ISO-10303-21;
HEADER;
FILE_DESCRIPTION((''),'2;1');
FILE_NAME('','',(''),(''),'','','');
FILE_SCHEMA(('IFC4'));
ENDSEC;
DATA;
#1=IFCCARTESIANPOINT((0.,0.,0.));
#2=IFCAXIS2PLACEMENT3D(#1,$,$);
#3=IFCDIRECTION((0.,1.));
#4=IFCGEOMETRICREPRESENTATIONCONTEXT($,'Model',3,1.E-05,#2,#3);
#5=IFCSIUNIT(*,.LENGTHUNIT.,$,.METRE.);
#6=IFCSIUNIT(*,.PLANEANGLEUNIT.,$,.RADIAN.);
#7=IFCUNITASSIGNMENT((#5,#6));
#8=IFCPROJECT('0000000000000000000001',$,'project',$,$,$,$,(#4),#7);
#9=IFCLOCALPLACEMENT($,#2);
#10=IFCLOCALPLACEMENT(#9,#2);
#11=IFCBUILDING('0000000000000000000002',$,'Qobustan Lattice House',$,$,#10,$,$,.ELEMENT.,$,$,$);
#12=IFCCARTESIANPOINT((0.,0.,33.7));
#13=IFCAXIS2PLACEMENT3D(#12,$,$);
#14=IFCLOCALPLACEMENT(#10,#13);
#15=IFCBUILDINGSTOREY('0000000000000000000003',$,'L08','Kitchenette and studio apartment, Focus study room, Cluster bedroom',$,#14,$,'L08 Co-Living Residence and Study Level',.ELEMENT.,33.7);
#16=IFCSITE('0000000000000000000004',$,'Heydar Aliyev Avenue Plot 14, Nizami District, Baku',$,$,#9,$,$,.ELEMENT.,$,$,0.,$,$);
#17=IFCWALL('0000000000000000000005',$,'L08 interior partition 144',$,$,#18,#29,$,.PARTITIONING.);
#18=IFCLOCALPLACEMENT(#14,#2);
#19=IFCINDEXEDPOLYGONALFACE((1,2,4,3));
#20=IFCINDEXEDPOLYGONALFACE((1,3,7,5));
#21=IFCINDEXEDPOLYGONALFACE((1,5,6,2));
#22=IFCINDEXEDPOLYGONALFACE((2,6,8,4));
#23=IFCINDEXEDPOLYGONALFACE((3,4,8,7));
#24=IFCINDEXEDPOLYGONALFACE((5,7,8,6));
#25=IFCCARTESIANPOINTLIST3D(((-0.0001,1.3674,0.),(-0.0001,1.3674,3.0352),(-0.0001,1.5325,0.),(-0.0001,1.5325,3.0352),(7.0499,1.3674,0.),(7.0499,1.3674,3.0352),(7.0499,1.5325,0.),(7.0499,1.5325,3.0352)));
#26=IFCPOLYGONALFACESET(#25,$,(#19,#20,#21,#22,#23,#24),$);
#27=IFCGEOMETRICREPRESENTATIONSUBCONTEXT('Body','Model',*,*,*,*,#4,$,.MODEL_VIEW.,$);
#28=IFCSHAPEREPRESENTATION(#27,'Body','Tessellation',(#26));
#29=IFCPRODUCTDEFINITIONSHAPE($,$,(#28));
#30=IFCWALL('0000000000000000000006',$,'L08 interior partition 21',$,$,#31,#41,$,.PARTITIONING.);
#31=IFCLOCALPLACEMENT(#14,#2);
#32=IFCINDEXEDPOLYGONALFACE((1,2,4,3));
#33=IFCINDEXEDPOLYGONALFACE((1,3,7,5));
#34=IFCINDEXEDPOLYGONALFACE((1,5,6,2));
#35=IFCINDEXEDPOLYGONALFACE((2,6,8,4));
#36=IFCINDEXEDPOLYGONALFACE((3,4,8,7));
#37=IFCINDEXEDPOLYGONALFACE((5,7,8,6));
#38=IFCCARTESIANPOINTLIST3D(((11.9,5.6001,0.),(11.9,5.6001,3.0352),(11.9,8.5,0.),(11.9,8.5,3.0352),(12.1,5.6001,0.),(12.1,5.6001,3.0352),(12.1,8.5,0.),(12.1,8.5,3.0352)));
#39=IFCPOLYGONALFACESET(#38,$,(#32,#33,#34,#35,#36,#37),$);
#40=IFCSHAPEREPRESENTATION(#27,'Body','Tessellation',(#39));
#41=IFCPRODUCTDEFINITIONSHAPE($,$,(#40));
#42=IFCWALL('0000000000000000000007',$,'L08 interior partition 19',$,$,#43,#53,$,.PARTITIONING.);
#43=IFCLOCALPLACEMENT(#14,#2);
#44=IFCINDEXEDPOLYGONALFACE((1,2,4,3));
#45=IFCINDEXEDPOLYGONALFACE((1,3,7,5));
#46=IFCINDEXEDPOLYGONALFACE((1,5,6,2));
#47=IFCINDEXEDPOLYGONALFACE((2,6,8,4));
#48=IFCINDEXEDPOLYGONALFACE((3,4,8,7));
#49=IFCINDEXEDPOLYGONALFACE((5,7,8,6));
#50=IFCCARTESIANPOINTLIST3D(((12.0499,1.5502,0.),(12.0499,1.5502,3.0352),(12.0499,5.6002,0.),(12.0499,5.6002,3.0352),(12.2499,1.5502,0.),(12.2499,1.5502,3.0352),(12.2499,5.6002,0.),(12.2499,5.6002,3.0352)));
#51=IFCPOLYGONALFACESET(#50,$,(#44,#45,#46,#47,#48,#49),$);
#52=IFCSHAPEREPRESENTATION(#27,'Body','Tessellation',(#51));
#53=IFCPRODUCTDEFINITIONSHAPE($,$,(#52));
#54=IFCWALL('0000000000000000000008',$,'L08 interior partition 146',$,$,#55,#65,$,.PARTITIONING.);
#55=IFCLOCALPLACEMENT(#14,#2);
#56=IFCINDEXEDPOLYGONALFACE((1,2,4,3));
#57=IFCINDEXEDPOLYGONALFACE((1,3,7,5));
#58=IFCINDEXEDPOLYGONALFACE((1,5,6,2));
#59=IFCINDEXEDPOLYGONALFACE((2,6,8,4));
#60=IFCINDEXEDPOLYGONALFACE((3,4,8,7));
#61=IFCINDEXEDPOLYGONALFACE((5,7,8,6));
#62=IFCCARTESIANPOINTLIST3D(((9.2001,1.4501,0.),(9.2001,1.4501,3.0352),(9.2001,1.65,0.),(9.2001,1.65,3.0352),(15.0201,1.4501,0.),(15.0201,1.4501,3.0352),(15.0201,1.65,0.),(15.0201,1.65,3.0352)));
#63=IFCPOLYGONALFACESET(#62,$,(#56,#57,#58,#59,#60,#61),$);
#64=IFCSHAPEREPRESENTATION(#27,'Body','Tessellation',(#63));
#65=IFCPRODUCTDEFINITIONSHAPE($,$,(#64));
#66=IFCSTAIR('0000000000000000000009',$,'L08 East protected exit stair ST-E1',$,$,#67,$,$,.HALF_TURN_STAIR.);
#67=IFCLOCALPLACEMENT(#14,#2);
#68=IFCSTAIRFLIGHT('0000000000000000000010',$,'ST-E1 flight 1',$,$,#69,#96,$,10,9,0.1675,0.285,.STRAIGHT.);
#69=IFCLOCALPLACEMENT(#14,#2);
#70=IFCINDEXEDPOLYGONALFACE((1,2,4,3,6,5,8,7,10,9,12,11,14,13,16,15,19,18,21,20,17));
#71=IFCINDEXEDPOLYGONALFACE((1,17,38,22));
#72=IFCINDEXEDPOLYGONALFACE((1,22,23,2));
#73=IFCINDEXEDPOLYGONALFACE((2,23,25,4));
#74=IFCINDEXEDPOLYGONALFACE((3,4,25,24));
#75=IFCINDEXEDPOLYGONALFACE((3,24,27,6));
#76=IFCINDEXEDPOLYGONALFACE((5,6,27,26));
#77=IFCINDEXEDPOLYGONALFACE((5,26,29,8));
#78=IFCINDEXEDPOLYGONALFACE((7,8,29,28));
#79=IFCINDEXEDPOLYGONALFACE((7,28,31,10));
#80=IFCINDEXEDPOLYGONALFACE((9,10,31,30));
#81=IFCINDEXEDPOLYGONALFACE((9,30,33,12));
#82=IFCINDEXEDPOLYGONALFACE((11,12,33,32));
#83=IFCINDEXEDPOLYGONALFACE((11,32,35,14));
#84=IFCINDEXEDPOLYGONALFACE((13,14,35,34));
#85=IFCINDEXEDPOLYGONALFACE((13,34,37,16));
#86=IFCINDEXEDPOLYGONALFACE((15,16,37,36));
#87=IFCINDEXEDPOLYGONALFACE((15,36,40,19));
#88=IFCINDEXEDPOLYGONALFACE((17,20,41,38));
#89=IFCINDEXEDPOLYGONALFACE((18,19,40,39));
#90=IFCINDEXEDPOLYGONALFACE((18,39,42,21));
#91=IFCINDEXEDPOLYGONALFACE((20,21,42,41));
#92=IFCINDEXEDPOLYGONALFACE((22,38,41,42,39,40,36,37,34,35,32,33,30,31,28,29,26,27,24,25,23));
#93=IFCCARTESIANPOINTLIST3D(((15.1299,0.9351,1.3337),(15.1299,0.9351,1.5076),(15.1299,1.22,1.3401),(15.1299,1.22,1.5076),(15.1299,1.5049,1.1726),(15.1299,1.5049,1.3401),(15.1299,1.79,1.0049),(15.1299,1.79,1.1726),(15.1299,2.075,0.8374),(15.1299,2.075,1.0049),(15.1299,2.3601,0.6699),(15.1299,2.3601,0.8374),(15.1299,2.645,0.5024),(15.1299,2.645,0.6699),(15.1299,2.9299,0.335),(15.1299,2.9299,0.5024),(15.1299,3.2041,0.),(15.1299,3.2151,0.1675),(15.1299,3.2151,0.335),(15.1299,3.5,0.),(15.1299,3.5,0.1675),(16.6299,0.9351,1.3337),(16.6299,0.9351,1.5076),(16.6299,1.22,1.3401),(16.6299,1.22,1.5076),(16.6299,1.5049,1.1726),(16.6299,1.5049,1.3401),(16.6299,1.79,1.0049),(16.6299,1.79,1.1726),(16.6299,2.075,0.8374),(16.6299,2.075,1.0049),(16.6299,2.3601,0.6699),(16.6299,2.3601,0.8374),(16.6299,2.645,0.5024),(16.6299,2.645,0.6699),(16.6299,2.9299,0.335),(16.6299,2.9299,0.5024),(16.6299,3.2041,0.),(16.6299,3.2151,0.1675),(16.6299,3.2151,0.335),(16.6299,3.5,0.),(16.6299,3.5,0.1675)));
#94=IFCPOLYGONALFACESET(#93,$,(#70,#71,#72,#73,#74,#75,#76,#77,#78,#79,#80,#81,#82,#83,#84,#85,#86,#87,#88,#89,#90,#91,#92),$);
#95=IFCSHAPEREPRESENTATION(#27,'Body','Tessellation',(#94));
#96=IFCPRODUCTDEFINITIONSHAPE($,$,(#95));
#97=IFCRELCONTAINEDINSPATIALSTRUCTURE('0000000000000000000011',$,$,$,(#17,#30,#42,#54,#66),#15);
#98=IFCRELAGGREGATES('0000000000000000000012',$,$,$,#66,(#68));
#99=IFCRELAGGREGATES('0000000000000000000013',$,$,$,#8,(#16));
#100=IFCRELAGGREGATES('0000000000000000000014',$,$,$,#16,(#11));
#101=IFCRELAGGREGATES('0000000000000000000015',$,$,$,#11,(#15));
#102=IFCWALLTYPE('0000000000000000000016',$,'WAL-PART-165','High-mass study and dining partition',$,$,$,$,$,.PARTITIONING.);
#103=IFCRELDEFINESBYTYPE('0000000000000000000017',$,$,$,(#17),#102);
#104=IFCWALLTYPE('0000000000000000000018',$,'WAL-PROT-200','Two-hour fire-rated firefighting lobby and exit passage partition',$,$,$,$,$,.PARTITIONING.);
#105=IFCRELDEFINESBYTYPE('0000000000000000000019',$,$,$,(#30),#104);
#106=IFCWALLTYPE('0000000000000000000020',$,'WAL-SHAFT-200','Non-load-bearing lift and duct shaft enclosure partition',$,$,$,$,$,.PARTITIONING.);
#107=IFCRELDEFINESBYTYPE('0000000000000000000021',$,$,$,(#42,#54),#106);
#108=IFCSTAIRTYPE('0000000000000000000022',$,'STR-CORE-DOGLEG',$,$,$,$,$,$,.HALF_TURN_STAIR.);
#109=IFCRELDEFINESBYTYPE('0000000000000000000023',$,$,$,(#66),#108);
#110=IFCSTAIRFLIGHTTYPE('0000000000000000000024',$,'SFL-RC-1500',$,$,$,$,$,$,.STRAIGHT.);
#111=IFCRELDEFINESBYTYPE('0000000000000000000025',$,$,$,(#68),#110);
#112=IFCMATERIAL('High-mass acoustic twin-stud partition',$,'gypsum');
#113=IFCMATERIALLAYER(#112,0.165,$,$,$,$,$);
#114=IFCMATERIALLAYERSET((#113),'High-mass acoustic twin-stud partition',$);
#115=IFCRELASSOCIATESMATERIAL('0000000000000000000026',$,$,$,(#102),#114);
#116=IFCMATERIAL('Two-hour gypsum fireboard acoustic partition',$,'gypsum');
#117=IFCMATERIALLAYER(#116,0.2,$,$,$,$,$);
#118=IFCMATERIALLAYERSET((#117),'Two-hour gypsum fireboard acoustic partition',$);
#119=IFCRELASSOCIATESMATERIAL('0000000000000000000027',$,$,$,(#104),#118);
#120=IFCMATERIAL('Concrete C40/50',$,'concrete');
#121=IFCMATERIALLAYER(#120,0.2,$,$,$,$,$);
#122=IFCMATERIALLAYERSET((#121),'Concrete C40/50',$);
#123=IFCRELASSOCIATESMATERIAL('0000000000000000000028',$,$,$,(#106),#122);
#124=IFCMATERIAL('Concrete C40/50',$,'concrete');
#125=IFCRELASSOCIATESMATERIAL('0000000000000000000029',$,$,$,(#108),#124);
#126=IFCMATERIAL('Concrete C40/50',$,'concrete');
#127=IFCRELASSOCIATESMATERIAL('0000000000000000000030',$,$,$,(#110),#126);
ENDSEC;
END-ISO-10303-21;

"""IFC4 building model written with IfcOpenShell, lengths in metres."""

from ifc_helpers import new_model, si_unit, direction, frame, frame_2d, origin, place, context, subcontext, project, spatial, polyline, rectangle, outline, extrude, material, layer, layer_set, type_object, element, aggregate, save


model = new_model("IFC4")

# Units and contexts
model_context = context("Model", 3, precision=1e-05, world=origin(), true_north=direction((0.0, 1.0)))
body_context = subcontext(model_context, "Body", "Model", "MODEL_VIEW")
ifc_project = project(units=[si_unit("LENGTHUNIT", "METRE"), si_unit("PLANEANGLEUNIT", "RADIAN")], contexts=[model_context])

# Site, building, storey
site_placement = place(None, origin())
site = spatial("IfcSite", under=ifc_project, at=site_placement, Name="Heydar Aliyev Avenue Plot 14, Nizami District, Baku", CompositionType="ELEMENT", RefElevation=0.0)
building_placement = place(site_placement, origin())
building = spatial("IfcBuilding", under=site, at=building_placement, Name="Qobustan Lattice House", CompositionType="ELEMENT")
storey_placement = place(building_placement, frame((0.0, 0.0, 33.7)))
storey = spatial("IfcBuildingStorey", under=building, at=storey_placement, Name="L08", Description="Kitchenette and studio apartment, Focus study room, Cluster bedroom", LongName="L08 Co-Living Residence and Study Level", CompositionType="ELEMENT", Elevation=33.7)

# Shared definitions
ifc_material_1 = material(Name="High-mass acoustic twin-stud partition", Category="gypsum")
ifc_layer_1 = layer(ifc_material_1, 0.165)
ifc_layer_set_1 = layer_set([ifc_layer_1], Name="High-mass acoustic twin-stud partition")
wall_type_1 = type_object("IfcWallType", Name="WAL-PART-165", Description="High-mass study and dining partition", PredefinedType="PARTITIONING", material=ifc_layer_set_1)

# Walls
for number, where, z_axis, x_axis, name in (
    (1, (0.0, 1.45, 0.0), (0.0, 0.0, 1.0), (1.0, 0.0, 0.0), "L08 interior partition 144"),
):
    element("IfcWall", number, at=place(storey_placement, frame(where, z_axis=z_axis, x_axis=x_axis)), inside=storey, type_object=wall_type_1, Name=name, PredefinedType="PARTITIONING", context=body_context, shape_type="SweptSolid", body=[
        extrude(rectangle(XDim=7.05, YDim=0.165, at=frame_2d((3.5249, 0.0))), origin(), (0.0, 0.0, 1.0), 3.0352),
    ])
ifc_material_2 = material(Name="Two-hour gypsum fireboard acoustic partition", Category="gypsum")
ifc_layer_2 = layer(ifc_material_2, 0.2)
ifc_layer_set_2 = layer_set([ifc_layer_2], Name="Two-hour gypsum fireboard acoustic partition")
wall_type_2 = type_object("IfcWallType", Name="WAL-PROT-200", Description="Two-hour fire-rated firefighting lobby and exit passage partition", PredefinedType="PARTITIONING", material=ifc_layer_set_2)
wall_1_placement = place(storey_placement, frame((12.0, 8.5, 0.0), z_axis=(0.0, 0.0, 1.0), x_axis=(0.0, -1.0, 0.0)))
element("IfcWall", 2, at=wall_1_placement, inside=storey, type_object=wall_type_2, Name="L08 interior partition 21", PredefinedType="PARTITIONING", context=body_context, shape_type="SweptSolid", body=[
    extrude(rectangle(XDim=2.8999, YDim=0.2, at=frame_2d((1.45, 0.0))), origin(), (0.0, 0.0, 1.0), 3.0352),
])
ifc_material_3 = material(Name="Concrete C40/50", Category="concrete")
ifc_layer_3 = layer(ifc_material_3, 0.2)
ifc_layer_set_3 = layer_set([ifc_layer_3], Name="Concrete C40/50")
wall_type_3 = type_object("IfcWallType", Name="WAL-SHAFT-200", Description="Non-load-bearing lift and duct shaft enclosure partition", PredefinedType="PARTITIONING", material=ifc_layer_set_3)
wall_2_placement = place(storey_placement, frame((12.1499, 5.6001, 0.0), z_axis=(0.0, 0.0, 1.0), x_axis=(0.0, -1.0, 0.0)))
element("IfcWall", 3, at=wall_2_placement, inside=storey, type_object=wall_type_3, Name="L08 interior partition 19", PredefinedType="PARTITIONING", context=body_context, shape_type="SweptSolid", body=[
    extrude(rectangle(XDim=4.05, YDim=0.2, at=frame_2d((2.0249, 0.0))), origin(), (0.0, 0.0, 1.0), 3.0352),
])
wall_3_placement = place(storey_placement, frame((9.2, 1.55, 0.0), z_axis=(0.0, 0.0, 1.0), x_axis=(1.0, 0.0, 0.0)))
element("IfcWall", 4, at=wall_3_placement, inside=storey, type_object=wall_type_3, Name="L08 interior partition 146", PredefinedType="PARTITIONING", context=body_context, shape_type="SweptSolid", body=[
    extrude(rectangle(XDim=5.8201, YDim=0.2, at=frame_2d((2.9102, 0.0))), origin(), (0.0, 0.0, 1.0), 3.0352),
])

# Stair, stair flight
ifc_material_4 = material(Name="Concrete C40/50", Category="concrete")
stair_type = type_object("IfcStairType", Name="STR-CORE-DOGLEG", PredefinedType="HALF_TURN_STAIR", material=ifc_material_4)
stair_placement = place(storey_placement, origin())
stair = element("IfcStair", 5, at=stair_placement, inside=storey, type_object=stair_type, Name="L08 East protected exit stair ST-E1", PredefinedType="HALF_TURN_STAIR")
ifc_material_5 = material(Name="Concrete C40/50", Category="concrete")
stair_flight_type = type_object("IfcStairFlightType", Name="SFL-RC-1500", PredefinedType="STRAIGHT", material=ifc_material_5)
stair_flight_placement = place(storey_placement, frame((15.8799, 3.5, 0.0), z_axis=(0.0, 0.0, 1.0), x_axis=(0.0, -1.0, 0.0)))
stair_flight = element("IfcStairFlight", 6, at=stair_flight_placement, type_object=stair_flight_type, Name="ST-E1 flight 1", NumberOfRisers=10, NumberOfTreads=9, PredefinedType="STRAIGHT", RiserHeight=0.1675, TreadLength=0.285, context=body_context, shape_type="SweptSolid", body=[
    extrude(outline(polyline([(0.0, 0.0), (0.0, 0.1675), (0.2849, 0.1675), (0.2849, 0.335), (0.5701, 0.335), (0.5701, 0.5024), (0.855, 0.5024), (0.855, 0.6699), (1.1399, 0.6699), (1.1399, 0.8374), (1.425, 0.8374), (1.425, 1.0049), (1.71, 1.0049), (1.71, 1.1726), (1.9951, 1.1726), (1.9951, 1.3401), (2.28, 1.3401), (2.28, 1.5076), (2.5649, 1.5076), (2.5649, 1.675), (2.5649, 1.3337), (0.2959, 0.0), (0.0, 0.0)])), frame((0.0, 0.75, 0.0), z_axis=(0.0, -1.0, 0.0), x_axis=(1.0, 0.0, 0.0)), (0.0, 0.0, 1.0), 1.5),
])
aggregate(stair, [stair_flight])

save(model, "model.ifc")
